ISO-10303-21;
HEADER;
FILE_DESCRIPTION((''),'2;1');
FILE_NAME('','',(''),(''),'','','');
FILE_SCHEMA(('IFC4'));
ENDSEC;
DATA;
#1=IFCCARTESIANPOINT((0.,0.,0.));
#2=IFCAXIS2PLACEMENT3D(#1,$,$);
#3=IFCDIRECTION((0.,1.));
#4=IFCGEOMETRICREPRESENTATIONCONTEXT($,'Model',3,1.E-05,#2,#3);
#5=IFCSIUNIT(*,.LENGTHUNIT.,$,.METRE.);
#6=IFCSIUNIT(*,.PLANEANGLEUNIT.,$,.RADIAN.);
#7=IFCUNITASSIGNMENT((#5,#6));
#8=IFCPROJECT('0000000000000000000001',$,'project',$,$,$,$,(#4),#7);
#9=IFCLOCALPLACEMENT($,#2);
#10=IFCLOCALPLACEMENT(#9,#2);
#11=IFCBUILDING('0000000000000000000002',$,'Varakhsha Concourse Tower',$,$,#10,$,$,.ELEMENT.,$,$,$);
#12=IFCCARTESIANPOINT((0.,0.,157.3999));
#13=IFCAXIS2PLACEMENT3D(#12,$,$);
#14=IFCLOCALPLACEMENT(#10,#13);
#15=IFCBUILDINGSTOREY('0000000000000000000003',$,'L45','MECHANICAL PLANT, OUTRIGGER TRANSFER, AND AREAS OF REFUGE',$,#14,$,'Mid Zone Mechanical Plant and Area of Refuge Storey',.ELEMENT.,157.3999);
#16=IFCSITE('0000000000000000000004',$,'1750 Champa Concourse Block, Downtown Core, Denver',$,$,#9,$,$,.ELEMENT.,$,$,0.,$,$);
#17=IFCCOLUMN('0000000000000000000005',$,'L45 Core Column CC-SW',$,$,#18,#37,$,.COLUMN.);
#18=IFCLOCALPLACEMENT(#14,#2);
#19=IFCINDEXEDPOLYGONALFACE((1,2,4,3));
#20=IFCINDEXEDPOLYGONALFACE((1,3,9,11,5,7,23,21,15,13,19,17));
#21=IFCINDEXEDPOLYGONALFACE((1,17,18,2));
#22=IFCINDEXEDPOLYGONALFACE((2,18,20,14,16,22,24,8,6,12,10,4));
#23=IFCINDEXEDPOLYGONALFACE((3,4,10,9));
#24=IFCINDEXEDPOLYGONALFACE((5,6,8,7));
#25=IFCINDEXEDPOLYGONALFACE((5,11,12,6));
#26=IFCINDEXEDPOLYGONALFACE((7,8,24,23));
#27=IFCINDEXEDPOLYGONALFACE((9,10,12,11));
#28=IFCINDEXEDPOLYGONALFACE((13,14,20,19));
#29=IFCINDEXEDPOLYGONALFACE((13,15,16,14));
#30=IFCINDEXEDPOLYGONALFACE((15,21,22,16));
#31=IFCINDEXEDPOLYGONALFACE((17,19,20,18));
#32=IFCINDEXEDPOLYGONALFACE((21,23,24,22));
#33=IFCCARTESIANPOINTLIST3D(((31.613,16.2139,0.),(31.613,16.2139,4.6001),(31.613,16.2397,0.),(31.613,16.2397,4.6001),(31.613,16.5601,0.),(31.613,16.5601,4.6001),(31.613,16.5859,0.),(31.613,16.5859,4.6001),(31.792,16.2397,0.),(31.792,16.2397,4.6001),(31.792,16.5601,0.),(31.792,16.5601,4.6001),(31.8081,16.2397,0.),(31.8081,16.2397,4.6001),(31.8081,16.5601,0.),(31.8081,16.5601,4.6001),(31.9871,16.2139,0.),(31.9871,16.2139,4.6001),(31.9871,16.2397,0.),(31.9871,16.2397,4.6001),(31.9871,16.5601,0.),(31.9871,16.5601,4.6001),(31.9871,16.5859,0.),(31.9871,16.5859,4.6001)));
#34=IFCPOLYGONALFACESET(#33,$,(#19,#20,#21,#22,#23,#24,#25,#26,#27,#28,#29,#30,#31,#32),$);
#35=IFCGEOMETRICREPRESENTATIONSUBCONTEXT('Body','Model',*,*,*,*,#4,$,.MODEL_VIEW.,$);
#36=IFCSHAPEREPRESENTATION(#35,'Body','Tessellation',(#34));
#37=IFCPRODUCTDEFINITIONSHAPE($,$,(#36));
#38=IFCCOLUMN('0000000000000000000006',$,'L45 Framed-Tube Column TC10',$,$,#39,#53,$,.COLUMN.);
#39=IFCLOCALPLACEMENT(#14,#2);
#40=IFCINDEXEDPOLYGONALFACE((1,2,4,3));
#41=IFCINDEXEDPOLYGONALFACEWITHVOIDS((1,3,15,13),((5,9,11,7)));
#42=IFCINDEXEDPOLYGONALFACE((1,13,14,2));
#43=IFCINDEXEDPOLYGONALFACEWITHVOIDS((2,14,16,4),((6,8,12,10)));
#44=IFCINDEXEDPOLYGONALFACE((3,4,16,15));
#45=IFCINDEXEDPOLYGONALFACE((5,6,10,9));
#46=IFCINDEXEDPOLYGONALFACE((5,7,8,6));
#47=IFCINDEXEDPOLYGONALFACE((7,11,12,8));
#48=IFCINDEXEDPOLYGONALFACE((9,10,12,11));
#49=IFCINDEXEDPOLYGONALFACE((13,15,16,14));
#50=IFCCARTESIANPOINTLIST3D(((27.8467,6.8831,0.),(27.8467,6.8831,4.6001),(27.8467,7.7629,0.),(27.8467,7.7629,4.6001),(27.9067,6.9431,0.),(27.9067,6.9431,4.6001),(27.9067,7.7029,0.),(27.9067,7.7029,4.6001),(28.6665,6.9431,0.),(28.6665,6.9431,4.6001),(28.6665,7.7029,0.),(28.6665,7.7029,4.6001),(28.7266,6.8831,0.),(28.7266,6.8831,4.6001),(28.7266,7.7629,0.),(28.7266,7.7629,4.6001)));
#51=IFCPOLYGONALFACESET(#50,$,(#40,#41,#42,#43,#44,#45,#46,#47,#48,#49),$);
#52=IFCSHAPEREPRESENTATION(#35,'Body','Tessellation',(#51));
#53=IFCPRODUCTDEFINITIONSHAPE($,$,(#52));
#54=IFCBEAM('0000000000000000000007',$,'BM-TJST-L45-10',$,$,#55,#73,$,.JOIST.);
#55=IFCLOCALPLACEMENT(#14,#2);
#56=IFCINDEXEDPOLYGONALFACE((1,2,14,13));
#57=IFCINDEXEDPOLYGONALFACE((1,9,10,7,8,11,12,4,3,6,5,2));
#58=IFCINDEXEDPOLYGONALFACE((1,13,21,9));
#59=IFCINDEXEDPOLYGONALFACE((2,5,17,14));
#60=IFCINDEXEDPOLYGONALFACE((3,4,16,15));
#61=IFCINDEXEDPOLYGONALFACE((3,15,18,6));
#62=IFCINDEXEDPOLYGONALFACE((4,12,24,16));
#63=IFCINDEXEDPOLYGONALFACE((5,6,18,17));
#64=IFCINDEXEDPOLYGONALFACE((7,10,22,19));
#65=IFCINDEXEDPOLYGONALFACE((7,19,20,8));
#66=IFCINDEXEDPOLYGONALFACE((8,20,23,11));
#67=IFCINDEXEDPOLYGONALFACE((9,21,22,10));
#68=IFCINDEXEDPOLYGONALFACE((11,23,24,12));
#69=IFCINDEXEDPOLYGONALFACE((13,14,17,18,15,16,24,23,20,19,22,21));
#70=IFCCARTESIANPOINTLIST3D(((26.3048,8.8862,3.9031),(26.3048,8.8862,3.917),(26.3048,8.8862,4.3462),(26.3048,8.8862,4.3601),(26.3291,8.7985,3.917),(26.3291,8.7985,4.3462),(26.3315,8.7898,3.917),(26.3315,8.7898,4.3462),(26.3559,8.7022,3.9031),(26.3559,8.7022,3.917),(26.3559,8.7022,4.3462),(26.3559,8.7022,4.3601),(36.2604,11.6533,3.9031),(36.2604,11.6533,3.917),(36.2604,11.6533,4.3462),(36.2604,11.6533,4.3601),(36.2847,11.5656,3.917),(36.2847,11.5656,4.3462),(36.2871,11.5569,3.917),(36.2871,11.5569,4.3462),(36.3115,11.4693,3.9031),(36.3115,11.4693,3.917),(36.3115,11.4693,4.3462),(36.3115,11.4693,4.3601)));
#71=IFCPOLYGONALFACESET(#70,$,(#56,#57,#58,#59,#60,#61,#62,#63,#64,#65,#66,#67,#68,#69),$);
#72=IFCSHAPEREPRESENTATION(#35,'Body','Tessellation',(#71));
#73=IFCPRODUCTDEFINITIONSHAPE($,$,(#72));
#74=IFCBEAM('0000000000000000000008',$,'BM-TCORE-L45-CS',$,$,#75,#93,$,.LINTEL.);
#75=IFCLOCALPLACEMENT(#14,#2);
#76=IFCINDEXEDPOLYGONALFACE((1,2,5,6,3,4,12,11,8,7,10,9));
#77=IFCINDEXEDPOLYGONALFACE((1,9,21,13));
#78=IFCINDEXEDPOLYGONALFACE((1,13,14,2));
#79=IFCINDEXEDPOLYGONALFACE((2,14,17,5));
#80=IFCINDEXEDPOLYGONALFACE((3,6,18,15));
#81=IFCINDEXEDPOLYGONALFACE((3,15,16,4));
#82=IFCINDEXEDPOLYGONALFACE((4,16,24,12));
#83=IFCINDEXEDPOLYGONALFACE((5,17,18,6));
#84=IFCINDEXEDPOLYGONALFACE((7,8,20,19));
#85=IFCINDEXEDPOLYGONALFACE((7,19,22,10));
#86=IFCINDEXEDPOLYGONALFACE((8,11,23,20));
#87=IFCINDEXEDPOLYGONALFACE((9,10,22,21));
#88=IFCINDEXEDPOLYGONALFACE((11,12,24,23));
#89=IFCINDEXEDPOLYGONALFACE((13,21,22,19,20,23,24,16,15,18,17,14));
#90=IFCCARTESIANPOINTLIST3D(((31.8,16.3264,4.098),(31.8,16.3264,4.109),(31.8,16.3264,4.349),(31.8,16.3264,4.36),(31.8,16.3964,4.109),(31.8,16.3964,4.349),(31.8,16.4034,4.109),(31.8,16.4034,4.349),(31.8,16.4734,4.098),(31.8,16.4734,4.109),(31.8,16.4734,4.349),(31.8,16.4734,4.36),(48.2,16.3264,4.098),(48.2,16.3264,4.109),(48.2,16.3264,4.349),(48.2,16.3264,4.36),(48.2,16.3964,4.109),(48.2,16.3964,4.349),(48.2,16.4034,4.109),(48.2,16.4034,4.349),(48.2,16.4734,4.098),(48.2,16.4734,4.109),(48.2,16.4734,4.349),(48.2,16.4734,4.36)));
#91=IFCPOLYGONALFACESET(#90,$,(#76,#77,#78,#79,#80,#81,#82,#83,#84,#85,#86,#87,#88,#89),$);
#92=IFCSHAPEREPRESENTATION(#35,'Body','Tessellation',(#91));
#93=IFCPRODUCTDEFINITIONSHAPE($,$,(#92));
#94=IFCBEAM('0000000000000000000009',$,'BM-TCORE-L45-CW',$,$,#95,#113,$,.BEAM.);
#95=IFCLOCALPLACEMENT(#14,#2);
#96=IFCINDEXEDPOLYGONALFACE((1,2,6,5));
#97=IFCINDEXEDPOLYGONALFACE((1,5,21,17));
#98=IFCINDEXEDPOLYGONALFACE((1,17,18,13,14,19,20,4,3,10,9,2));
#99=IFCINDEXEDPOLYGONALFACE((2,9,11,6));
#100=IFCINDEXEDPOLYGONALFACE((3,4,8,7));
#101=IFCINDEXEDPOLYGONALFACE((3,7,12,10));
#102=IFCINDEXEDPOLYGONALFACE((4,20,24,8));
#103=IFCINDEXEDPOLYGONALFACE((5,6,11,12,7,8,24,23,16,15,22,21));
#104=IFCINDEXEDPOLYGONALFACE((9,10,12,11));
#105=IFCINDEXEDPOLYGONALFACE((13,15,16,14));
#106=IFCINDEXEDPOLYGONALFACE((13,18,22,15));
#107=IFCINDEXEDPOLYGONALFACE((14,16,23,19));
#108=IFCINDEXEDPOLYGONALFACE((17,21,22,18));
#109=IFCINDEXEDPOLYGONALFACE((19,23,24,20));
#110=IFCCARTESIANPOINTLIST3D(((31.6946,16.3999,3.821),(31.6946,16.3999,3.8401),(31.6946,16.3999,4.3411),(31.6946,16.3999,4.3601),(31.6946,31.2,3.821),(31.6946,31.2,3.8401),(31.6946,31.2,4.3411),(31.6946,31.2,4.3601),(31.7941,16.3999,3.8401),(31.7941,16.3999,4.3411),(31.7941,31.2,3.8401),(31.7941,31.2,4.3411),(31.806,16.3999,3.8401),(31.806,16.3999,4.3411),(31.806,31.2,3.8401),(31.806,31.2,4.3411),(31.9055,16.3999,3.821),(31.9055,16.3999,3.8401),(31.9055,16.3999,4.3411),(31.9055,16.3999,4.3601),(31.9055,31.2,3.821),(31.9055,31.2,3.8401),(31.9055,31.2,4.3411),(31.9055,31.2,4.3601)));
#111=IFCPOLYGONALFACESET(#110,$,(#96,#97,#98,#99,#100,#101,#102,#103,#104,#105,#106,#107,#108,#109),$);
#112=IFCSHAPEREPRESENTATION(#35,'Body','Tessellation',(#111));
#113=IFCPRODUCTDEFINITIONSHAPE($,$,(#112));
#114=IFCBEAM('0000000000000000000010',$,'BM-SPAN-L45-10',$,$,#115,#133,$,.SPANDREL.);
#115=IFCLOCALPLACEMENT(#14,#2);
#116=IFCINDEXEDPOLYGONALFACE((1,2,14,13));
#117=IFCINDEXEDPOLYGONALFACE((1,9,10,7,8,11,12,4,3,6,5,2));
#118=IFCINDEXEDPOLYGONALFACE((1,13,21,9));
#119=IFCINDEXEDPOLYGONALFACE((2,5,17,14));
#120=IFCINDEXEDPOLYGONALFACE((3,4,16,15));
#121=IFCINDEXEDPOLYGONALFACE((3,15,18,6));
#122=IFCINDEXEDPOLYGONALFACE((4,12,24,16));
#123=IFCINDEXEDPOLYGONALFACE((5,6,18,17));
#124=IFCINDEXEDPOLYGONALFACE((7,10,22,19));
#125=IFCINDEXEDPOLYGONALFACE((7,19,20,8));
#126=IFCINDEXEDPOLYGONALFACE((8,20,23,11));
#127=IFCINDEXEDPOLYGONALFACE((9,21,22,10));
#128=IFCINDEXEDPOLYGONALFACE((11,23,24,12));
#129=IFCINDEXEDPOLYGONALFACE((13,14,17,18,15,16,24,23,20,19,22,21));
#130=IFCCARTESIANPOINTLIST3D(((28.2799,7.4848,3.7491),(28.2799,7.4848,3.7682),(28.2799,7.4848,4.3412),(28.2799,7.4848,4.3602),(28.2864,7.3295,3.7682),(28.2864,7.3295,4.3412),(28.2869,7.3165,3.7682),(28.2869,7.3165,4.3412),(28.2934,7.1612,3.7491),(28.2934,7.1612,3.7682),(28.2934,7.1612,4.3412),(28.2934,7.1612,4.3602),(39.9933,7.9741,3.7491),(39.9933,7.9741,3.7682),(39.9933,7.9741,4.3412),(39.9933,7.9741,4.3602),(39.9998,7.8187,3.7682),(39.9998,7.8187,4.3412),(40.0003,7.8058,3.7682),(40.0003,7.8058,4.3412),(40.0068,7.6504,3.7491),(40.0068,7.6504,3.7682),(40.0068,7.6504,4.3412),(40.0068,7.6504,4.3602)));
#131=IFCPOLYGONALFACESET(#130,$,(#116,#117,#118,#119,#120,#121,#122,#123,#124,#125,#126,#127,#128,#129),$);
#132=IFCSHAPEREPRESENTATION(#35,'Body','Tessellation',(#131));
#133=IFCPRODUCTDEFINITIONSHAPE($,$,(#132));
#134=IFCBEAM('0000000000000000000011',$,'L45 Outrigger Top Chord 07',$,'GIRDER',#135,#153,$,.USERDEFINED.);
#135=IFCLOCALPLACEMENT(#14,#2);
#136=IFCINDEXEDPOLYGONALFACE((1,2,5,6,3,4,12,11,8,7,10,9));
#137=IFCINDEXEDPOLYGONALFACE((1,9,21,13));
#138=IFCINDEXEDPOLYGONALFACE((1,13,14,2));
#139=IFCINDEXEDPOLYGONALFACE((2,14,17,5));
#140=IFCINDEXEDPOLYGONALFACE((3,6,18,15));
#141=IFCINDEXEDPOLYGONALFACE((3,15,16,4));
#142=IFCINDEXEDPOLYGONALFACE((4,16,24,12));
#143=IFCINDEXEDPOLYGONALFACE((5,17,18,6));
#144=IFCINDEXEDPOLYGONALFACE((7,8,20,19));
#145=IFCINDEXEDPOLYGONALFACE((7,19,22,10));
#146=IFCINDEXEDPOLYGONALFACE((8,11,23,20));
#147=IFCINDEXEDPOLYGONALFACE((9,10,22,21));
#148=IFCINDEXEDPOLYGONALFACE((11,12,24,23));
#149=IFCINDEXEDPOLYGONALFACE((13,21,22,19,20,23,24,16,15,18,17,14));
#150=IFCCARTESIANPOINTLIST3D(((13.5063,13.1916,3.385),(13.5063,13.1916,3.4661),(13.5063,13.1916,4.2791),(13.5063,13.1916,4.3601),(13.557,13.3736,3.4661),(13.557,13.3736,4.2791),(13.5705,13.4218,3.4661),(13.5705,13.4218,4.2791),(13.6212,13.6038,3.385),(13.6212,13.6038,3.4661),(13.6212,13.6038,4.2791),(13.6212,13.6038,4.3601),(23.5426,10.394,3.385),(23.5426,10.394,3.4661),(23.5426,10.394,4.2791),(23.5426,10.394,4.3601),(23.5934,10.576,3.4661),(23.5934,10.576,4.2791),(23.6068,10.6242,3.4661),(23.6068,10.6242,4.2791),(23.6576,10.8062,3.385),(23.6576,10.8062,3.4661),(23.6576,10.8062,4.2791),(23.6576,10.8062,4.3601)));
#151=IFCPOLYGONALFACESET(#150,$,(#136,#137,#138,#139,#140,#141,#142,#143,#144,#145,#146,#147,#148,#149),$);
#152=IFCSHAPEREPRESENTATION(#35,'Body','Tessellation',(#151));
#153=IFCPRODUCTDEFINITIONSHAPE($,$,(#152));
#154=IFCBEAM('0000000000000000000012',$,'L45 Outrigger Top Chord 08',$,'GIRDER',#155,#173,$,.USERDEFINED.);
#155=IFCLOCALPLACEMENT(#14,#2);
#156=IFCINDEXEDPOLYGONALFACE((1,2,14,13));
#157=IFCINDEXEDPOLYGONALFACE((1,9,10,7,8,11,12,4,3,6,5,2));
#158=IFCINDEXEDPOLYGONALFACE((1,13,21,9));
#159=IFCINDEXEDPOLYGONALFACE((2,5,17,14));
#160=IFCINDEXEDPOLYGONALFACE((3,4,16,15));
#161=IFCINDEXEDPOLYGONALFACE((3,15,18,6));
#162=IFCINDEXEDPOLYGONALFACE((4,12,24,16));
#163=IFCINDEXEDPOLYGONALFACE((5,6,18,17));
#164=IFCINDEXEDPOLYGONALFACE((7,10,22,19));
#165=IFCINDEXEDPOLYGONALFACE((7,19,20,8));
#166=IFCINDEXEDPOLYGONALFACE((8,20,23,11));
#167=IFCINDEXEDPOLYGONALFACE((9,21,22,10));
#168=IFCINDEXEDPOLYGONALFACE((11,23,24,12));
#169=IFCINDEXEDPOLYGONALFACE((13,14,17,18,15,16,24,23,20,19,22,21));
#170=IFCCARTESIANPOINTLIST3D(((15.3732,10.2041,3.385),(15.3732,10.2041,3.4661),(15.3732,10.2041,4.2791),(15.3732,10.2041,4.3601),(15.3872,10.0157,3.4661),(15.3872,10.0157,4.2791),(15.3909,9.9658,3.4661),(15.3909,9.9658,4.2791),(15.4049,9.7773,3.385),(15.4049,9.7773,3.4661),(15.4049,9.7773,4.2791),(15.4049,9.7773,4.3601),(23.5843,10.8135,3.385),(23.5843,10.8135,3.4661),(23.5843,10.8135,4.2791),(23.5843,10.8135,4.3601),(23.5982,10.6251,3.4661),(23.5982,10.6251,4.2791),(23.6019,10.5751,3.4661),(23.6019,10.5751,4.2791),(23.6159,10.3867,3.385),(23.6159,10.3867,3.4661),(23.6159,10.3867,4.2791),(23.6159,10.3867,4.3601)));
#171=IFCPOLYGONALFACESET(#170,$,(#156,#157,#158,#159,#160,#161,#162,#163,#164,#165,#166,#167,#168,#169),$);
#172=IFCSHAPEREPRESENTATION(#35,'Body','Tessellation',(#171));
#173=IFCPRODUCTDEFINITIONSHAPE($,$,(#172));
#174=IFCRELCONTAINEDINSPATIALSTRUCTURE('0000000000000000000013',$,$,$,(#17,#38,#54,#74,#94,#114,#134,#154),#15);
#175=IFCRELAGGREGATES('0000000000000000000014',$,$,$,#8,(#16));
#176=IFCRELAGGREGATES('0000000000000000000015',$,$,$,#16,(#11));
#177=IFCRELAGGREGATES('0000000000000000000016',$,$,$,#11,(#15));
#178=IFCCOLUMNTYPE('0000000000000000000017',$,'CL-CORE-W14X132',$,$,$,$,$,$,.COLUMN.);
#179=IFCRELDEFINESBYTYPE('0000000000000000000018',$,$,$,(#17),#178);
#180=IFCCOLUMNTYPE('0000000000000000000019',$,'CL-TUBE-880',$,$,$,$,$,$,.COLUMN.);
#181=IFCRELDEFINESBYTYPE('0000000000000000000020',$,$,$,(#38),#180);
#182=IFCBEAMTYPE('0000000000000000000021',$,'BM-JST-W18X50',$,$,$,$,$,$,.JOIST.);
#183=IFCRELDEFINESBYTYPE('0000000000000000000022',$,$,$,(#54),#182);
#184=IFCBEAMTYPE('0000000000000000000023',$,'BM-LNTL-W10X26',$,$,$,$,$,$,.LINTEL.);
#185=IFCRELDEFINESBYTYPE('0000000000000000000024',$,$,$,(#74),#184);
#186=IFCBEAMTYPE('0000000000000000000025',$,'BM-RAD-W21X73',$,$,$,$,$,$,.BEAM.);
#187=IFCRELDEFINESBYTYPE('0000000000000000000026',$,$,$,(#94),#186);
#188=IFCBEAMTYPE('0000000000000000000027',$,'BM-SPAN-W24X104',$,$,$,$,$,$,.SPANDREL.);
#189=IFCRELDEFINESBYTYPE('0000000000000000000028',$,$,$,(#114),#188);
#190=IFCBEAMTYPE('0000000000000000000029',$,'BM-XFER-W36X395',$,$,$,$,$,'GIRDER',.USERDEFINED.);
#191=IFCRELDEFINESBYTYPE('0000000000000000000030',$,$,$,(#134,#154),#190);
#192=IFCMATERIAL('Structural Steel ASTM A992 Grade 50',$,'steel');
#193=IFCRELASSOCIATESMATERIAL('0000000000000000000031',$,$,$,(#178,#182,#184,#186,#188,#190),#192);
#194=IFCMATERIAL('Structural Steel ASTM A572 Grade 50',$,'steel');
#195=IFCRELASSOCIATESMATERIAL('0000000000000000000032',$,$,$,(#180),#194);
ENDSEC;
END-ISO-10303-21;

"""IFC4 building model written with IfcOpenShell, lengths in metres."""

from ifc_helpers import new_model, si_unit, direction, frame, origin, origin_2d, place, context, subcontext, project, spatial, hollow_rectangle, i_section, extrude, material, material_profile, profile_set, type_object, element, save


model = new_model("IFC4")

# Units and contexts
model_context = context("Model", 3, precision=1e-05, world=origin(), true_north=direction((0.0, 1.0)))
body_context = subcontext(model_context, "Body", "Model", "MODEL_VIEW")
ifc_project = project(units=[si_unit("LENGTHUNIT", "METRE"), si_unit("PLANEANGLEUNIT", "RADIAN")], contexts=[model_context])

# Site, building, storey
site_placement = place(None, origin())
site = spatial("IfcSite", under=ifc_project, at=site_placement, Name="1750 Champa Concourse Block, Downtown Core, Denver", CompositionType="ELEMENT", RefElevation=0.0)
building_placement = place(site_placement, origin())
building = spatial("IfcBuilding", under=site, at=building_placement, Name="Varakhsha Concourse Tower", CompositionType="ELEMENT")
storey_placement = place(building_placement, frame((0.0, 0.0, 157.3999)))
storey = spatial("IfcBuildingStorey", under=building, at=storey_placement, Name="L45", Description="MECHANICAL PLANT, OUTRIGGER TRANSFER, AND AREAS OF REFUGE", LongName="Mid Zone Mechanical Plant and Area of Refuge Storey", CompositionType="ELEMENT", Elevation=157.3999)

# Columns
ifc_material_1 = material(Name="Structural Steel ASTM A992 Grade 50", Category="steel")
ifc_material_profile_1 = material_profile(ifc_material_1, i_section(OverallWidth=0.374, OverallDepth=0.3721, WebThickness=0.0161, FlangeThickness=0.0259, at=origin_2d()), Name="W14X132")
ifc_profile_set_1 = profile_set([ifc_material_profile_1], Name="Structural Steel ASTM A992 Grade 50")
column_type_1 = type_object("IfcColumnType", Name="CL-CORE-W14X132", PredefinedType="COLUMN", material=ifc_profile_set_1)
column_1_placement = place(storey_placement, frame((31.8, 16.3999, 0.0), z_axis=(0.0, 0.0, 1.0), x_axis=(1.0, 0.0, 0.0)))
element("IfcColumn", 1, at=column_1_placement, inside=storey, type_object=column_type_1, Name="L45 Core Column CC-SW", PredefinedType="COLUMN", context=body_context, shape_type="SweptSolid", body=[
    extrude(i_section(OverallWidth=0.374, OverallDepth=0.3721, WebThickness=0.0161, FlangeThickness=0.0259, at=origin_2d()), origin(), (0.0, 0.0, 1.0), 4.6001),
])
ifc_material_2 = material(Name="Structural Steel ASTM A572 Grade 50", Category="steel")
ifc_material_profile_2 = material_profile(ifc_material_2, hollow_rectangle(XDim=0.8799, YDim=0.8799, WallThickness=0.0601, at=origin_2d()), Name="BOX 880x880x60")
ifc_profile_set_2 = profile_set([ifc_material_profile_2], Name="Structural Steel ASTM A572 Grade 50")
column_type_2 = type_object("IfcColumnType", Name="CL-TUBE-880", PredefinedType="COLUMN", material=ifc_profile_set_2)
column_2_placement = place(storey_placement, frame((28.2866, 7.323, 0.0), z_axis=(0.0, 0.0, 1.0), x_axis=(1.0, 0.0, 0.0)))
element("IfcColumn", 2, at=column_2_placement, inside=storey, type_object=column_type_2, Name="L45 Framed-Tube Column TC10", PredefinedType="COLUMN", context=body_context, shape_type="SweptSolid", body=[
    extrude(hollow_rectangle(XDim=0.8799, YDim=0.8799, WallThickness=0.0601, at=origin_2d()), origin(), (0.0, 0.0, 1.0), 4.6001),
])

# Beams
ifc_material_profile_3 = material_profile(ifc_material_1, i_section(OverallWidth=0.1909, OverallDepth=0.457, WebThickness=0.009, FlangeThickness=0.0139, at=origin_2d()), Name="W18X50")
ifc_profile_set_3 = profile_set([ifc_material_profile_3], Name="Structural Steel ASTM A992 Grade 50")
beam_type_1 = type_object("IfcBeamType", Name="BM-JST-W18X50", PredefinedType="JOIST", material=ifc_profile_set_3)
beam_1_placement = place(storey_placement, frame((26.3303, 8.7942, 4.1316), z_axis=(0.963477, 0.267793, 0.0), x_axis=(-0.267793, 0.963477, 0.0)))
element("IfcBeam", 3, at=beam_1_placement, inside=storey, type_object=beam_type_1, Name="BM-TJST-L45-10", PredefinedType="JOIST", context=body_context, shape_type="SweptSolid", body=[
    extrude(i_section(OverallWidth=0.1909, OverallDepth=0.457, WebThickness=0.009, FlangeThickness=0.0139, at=origin_2d()), origin(), (0.0, 0.0, 1.0), 10.333),
])
ifc_material_profile_4 = material_profile(ifc_material_1, i_section(OverallWidth=0.147, OverallDepth=0.262, WebThickness=0.0071, FlangeThickness=0.011, at=origin_2d()), Name="W10X26")
ifc_profile_set_4 = profile_set([ifc_material_profile_4], Name="Structural Steel ASTM A992 Grade 50")
beam_type_2 = type_object("IfcBeamType", Name="BM-LNTL-W10X26", PredefinedType="LINTEL", material=ifc_profile_set_4)
beam_2_placement = place(storey_placement, frame((31.8, 16.3999, 4.229), z_axis=(1.0, 0.0, 0.0), x_axis=(0.0, 1.0, 0.0)))
element("IfcBeam", 4, at=beam_2_placement, inside=storey, type_object=beam_type_2, Name="BM-TCORE-L45-CS", PredefinedType="LINTEL", context=body_context, shape_type="SweptSolid", body=[
    extrude(i_section(OverallWidth=0.147, OverallDepth=0.262, WebThickness=0.0071, FlangeThickness=0.011, at=origin_2d()), origin(), (0.0, 0.0, 1.0), 16.3999),
])
ifc_material_profile_5 = material_profile(ifc_material_1, i_section(OverallWidth=0.2109, OverallDepth=0.5391, WebThickness=0.012, FlangeThickness=0.019, at=origin_2d()), Name="W21X73")
ifc_profile_set_5 = profile_set([ifc_material_profile_5], Name="Structural Steel ASTM A992 Grade 50")
beam_type_3 = type_object("IfcBeamType", Name="BM-RAD-W21X73", PredefinedType="BEAM", material=ifc_profile_set_5)
beam_3_placement = place(storey_placement, frame((31.8, 16.3999, 4.0906), z_axis=(0.0, 1.0, 0.0), x_axis=(-1.0, 0.0, 0.0)))
element("IfcBeam", 5, at=beam_3_placement, inside=storey, type_object=beam_type_3, Name="BM-TCORE-L45-CW", PredefinedType="BEAM", context=body_context, shape_type="SweptSolid", body=[
    extrude(i_section(OverallWidth=0.2109, OverallDepth=0.5391, WebThickness=0.012, FlangeThickness=0.019, at=origin_2d()), origin(), (0.0, 0.0, 1.0), 14.8),
])
ifc_material_profile_6 = material_profile(ifc_material_1, i_section(OverallWidth=0.324, OverallDepth=0.6111, WebThickness=0.0129, FlangeThickness=0.019, at=origin_2d()), Name="W24X104")
ifc_profile_set_6 = profile_set([ifc_material_profile_6], Name="Structural Steel ASTM A992 Grade 50")
beam_type_4 = type_object("IfcBeamType", Name="BM-SPAN-W24X104", PredefinedType="SPANDREL", material=ifc_profile_set_6)
beam_4_placement = place(storey_placement, frame((28.2866, 7.323, 4.0547), z_axis=(0.999129, 0.041733, 0.0), x_axis=(-0.041733, 0.999129, 0.0)))
element("IfcBeam", 6, at=beam_4_placement, inside=storey, type_object=beam_type_4, Name="BM-SPAN-L45-10", PredefinedType="SPANDREL", context=body_context, shape_type="SweptSolid", body=[
    extrude(i_section(OverallWidth=0.324, OverallDepth=0.6111, WebThickness=0.0129, FlangeThickness=0.019, at=origin_2d()), origin(), (0.0, 0.0, 1.0), 11.7236),
])
ifc_material_profile_7 = material_profile(ifc_material_1, i_section(OverallWidth=0.428, OverallDepth=0.9751, WebThickness=0.05, FlangeThickness=0.0811, at=origin_2d()), Name="W36X395")
ifc_profile_set_7 = profile_set([ifc_material_profile_7], Name="Structural Steel ASTM A992 Grade 50")
beam_type_5 = type_object("IfcBeamType", Name="BM-XFER-W36X395", ElementType="GIRDER", PredefinedType="USERDEFINED", material=ifc_profile_set_7)
beam_5_placement = place(storey_placement, frame((23.6001, 10.6001, 3.8726), z_axis=(-0.963277, 0.26851, 0.0), x_axis=(-0.26851, -0.963277, 0.0)))
element("IfcBeam", 7, at=beam_5_placement, inside=storey, type_object=beam_type_5, Name="L45 Outrigger Top Chord 07", ObjectType="GIRDER", PredefinedType="USERDEFINED", context=body_context, shape_type="SweptSolid", body=[
    extrude(i_section(OverallWidth=0.428, OverallDepth=0.9751, WebThickness=0.05, FlangeThickness=0.0811, at=origin_2d()), origin(), (0.0, 0.0, 1.0), 10.4189),
])
beam_6_placement = place(storey_placement, frame((23.6001, 10.6001, 3.8726), z_axis=(-0.997258, -0.074009, 0.0), x_axis=(0.074009, -0.997258, 0.0)))
element("IfcBeam", 8, at=beam_6_placement, inside=storey, type_object=beam_type_5, Name="L45 Outrigger Top Chord 08", ObjectType="GIRDER", PredefinedType="USERDEFINED", context=body_context, shape_type="SweptSolid", body=[
    extrude(i_section(OverallWidth=0.428, OverallDepth=0.9751, WebThickness=0.05, FlangeThickness=0.0811, at=origin_2d()), origin(), (0.0, 0.0, 1.0), 8.2336),
])

save(model, "model.ifc")
